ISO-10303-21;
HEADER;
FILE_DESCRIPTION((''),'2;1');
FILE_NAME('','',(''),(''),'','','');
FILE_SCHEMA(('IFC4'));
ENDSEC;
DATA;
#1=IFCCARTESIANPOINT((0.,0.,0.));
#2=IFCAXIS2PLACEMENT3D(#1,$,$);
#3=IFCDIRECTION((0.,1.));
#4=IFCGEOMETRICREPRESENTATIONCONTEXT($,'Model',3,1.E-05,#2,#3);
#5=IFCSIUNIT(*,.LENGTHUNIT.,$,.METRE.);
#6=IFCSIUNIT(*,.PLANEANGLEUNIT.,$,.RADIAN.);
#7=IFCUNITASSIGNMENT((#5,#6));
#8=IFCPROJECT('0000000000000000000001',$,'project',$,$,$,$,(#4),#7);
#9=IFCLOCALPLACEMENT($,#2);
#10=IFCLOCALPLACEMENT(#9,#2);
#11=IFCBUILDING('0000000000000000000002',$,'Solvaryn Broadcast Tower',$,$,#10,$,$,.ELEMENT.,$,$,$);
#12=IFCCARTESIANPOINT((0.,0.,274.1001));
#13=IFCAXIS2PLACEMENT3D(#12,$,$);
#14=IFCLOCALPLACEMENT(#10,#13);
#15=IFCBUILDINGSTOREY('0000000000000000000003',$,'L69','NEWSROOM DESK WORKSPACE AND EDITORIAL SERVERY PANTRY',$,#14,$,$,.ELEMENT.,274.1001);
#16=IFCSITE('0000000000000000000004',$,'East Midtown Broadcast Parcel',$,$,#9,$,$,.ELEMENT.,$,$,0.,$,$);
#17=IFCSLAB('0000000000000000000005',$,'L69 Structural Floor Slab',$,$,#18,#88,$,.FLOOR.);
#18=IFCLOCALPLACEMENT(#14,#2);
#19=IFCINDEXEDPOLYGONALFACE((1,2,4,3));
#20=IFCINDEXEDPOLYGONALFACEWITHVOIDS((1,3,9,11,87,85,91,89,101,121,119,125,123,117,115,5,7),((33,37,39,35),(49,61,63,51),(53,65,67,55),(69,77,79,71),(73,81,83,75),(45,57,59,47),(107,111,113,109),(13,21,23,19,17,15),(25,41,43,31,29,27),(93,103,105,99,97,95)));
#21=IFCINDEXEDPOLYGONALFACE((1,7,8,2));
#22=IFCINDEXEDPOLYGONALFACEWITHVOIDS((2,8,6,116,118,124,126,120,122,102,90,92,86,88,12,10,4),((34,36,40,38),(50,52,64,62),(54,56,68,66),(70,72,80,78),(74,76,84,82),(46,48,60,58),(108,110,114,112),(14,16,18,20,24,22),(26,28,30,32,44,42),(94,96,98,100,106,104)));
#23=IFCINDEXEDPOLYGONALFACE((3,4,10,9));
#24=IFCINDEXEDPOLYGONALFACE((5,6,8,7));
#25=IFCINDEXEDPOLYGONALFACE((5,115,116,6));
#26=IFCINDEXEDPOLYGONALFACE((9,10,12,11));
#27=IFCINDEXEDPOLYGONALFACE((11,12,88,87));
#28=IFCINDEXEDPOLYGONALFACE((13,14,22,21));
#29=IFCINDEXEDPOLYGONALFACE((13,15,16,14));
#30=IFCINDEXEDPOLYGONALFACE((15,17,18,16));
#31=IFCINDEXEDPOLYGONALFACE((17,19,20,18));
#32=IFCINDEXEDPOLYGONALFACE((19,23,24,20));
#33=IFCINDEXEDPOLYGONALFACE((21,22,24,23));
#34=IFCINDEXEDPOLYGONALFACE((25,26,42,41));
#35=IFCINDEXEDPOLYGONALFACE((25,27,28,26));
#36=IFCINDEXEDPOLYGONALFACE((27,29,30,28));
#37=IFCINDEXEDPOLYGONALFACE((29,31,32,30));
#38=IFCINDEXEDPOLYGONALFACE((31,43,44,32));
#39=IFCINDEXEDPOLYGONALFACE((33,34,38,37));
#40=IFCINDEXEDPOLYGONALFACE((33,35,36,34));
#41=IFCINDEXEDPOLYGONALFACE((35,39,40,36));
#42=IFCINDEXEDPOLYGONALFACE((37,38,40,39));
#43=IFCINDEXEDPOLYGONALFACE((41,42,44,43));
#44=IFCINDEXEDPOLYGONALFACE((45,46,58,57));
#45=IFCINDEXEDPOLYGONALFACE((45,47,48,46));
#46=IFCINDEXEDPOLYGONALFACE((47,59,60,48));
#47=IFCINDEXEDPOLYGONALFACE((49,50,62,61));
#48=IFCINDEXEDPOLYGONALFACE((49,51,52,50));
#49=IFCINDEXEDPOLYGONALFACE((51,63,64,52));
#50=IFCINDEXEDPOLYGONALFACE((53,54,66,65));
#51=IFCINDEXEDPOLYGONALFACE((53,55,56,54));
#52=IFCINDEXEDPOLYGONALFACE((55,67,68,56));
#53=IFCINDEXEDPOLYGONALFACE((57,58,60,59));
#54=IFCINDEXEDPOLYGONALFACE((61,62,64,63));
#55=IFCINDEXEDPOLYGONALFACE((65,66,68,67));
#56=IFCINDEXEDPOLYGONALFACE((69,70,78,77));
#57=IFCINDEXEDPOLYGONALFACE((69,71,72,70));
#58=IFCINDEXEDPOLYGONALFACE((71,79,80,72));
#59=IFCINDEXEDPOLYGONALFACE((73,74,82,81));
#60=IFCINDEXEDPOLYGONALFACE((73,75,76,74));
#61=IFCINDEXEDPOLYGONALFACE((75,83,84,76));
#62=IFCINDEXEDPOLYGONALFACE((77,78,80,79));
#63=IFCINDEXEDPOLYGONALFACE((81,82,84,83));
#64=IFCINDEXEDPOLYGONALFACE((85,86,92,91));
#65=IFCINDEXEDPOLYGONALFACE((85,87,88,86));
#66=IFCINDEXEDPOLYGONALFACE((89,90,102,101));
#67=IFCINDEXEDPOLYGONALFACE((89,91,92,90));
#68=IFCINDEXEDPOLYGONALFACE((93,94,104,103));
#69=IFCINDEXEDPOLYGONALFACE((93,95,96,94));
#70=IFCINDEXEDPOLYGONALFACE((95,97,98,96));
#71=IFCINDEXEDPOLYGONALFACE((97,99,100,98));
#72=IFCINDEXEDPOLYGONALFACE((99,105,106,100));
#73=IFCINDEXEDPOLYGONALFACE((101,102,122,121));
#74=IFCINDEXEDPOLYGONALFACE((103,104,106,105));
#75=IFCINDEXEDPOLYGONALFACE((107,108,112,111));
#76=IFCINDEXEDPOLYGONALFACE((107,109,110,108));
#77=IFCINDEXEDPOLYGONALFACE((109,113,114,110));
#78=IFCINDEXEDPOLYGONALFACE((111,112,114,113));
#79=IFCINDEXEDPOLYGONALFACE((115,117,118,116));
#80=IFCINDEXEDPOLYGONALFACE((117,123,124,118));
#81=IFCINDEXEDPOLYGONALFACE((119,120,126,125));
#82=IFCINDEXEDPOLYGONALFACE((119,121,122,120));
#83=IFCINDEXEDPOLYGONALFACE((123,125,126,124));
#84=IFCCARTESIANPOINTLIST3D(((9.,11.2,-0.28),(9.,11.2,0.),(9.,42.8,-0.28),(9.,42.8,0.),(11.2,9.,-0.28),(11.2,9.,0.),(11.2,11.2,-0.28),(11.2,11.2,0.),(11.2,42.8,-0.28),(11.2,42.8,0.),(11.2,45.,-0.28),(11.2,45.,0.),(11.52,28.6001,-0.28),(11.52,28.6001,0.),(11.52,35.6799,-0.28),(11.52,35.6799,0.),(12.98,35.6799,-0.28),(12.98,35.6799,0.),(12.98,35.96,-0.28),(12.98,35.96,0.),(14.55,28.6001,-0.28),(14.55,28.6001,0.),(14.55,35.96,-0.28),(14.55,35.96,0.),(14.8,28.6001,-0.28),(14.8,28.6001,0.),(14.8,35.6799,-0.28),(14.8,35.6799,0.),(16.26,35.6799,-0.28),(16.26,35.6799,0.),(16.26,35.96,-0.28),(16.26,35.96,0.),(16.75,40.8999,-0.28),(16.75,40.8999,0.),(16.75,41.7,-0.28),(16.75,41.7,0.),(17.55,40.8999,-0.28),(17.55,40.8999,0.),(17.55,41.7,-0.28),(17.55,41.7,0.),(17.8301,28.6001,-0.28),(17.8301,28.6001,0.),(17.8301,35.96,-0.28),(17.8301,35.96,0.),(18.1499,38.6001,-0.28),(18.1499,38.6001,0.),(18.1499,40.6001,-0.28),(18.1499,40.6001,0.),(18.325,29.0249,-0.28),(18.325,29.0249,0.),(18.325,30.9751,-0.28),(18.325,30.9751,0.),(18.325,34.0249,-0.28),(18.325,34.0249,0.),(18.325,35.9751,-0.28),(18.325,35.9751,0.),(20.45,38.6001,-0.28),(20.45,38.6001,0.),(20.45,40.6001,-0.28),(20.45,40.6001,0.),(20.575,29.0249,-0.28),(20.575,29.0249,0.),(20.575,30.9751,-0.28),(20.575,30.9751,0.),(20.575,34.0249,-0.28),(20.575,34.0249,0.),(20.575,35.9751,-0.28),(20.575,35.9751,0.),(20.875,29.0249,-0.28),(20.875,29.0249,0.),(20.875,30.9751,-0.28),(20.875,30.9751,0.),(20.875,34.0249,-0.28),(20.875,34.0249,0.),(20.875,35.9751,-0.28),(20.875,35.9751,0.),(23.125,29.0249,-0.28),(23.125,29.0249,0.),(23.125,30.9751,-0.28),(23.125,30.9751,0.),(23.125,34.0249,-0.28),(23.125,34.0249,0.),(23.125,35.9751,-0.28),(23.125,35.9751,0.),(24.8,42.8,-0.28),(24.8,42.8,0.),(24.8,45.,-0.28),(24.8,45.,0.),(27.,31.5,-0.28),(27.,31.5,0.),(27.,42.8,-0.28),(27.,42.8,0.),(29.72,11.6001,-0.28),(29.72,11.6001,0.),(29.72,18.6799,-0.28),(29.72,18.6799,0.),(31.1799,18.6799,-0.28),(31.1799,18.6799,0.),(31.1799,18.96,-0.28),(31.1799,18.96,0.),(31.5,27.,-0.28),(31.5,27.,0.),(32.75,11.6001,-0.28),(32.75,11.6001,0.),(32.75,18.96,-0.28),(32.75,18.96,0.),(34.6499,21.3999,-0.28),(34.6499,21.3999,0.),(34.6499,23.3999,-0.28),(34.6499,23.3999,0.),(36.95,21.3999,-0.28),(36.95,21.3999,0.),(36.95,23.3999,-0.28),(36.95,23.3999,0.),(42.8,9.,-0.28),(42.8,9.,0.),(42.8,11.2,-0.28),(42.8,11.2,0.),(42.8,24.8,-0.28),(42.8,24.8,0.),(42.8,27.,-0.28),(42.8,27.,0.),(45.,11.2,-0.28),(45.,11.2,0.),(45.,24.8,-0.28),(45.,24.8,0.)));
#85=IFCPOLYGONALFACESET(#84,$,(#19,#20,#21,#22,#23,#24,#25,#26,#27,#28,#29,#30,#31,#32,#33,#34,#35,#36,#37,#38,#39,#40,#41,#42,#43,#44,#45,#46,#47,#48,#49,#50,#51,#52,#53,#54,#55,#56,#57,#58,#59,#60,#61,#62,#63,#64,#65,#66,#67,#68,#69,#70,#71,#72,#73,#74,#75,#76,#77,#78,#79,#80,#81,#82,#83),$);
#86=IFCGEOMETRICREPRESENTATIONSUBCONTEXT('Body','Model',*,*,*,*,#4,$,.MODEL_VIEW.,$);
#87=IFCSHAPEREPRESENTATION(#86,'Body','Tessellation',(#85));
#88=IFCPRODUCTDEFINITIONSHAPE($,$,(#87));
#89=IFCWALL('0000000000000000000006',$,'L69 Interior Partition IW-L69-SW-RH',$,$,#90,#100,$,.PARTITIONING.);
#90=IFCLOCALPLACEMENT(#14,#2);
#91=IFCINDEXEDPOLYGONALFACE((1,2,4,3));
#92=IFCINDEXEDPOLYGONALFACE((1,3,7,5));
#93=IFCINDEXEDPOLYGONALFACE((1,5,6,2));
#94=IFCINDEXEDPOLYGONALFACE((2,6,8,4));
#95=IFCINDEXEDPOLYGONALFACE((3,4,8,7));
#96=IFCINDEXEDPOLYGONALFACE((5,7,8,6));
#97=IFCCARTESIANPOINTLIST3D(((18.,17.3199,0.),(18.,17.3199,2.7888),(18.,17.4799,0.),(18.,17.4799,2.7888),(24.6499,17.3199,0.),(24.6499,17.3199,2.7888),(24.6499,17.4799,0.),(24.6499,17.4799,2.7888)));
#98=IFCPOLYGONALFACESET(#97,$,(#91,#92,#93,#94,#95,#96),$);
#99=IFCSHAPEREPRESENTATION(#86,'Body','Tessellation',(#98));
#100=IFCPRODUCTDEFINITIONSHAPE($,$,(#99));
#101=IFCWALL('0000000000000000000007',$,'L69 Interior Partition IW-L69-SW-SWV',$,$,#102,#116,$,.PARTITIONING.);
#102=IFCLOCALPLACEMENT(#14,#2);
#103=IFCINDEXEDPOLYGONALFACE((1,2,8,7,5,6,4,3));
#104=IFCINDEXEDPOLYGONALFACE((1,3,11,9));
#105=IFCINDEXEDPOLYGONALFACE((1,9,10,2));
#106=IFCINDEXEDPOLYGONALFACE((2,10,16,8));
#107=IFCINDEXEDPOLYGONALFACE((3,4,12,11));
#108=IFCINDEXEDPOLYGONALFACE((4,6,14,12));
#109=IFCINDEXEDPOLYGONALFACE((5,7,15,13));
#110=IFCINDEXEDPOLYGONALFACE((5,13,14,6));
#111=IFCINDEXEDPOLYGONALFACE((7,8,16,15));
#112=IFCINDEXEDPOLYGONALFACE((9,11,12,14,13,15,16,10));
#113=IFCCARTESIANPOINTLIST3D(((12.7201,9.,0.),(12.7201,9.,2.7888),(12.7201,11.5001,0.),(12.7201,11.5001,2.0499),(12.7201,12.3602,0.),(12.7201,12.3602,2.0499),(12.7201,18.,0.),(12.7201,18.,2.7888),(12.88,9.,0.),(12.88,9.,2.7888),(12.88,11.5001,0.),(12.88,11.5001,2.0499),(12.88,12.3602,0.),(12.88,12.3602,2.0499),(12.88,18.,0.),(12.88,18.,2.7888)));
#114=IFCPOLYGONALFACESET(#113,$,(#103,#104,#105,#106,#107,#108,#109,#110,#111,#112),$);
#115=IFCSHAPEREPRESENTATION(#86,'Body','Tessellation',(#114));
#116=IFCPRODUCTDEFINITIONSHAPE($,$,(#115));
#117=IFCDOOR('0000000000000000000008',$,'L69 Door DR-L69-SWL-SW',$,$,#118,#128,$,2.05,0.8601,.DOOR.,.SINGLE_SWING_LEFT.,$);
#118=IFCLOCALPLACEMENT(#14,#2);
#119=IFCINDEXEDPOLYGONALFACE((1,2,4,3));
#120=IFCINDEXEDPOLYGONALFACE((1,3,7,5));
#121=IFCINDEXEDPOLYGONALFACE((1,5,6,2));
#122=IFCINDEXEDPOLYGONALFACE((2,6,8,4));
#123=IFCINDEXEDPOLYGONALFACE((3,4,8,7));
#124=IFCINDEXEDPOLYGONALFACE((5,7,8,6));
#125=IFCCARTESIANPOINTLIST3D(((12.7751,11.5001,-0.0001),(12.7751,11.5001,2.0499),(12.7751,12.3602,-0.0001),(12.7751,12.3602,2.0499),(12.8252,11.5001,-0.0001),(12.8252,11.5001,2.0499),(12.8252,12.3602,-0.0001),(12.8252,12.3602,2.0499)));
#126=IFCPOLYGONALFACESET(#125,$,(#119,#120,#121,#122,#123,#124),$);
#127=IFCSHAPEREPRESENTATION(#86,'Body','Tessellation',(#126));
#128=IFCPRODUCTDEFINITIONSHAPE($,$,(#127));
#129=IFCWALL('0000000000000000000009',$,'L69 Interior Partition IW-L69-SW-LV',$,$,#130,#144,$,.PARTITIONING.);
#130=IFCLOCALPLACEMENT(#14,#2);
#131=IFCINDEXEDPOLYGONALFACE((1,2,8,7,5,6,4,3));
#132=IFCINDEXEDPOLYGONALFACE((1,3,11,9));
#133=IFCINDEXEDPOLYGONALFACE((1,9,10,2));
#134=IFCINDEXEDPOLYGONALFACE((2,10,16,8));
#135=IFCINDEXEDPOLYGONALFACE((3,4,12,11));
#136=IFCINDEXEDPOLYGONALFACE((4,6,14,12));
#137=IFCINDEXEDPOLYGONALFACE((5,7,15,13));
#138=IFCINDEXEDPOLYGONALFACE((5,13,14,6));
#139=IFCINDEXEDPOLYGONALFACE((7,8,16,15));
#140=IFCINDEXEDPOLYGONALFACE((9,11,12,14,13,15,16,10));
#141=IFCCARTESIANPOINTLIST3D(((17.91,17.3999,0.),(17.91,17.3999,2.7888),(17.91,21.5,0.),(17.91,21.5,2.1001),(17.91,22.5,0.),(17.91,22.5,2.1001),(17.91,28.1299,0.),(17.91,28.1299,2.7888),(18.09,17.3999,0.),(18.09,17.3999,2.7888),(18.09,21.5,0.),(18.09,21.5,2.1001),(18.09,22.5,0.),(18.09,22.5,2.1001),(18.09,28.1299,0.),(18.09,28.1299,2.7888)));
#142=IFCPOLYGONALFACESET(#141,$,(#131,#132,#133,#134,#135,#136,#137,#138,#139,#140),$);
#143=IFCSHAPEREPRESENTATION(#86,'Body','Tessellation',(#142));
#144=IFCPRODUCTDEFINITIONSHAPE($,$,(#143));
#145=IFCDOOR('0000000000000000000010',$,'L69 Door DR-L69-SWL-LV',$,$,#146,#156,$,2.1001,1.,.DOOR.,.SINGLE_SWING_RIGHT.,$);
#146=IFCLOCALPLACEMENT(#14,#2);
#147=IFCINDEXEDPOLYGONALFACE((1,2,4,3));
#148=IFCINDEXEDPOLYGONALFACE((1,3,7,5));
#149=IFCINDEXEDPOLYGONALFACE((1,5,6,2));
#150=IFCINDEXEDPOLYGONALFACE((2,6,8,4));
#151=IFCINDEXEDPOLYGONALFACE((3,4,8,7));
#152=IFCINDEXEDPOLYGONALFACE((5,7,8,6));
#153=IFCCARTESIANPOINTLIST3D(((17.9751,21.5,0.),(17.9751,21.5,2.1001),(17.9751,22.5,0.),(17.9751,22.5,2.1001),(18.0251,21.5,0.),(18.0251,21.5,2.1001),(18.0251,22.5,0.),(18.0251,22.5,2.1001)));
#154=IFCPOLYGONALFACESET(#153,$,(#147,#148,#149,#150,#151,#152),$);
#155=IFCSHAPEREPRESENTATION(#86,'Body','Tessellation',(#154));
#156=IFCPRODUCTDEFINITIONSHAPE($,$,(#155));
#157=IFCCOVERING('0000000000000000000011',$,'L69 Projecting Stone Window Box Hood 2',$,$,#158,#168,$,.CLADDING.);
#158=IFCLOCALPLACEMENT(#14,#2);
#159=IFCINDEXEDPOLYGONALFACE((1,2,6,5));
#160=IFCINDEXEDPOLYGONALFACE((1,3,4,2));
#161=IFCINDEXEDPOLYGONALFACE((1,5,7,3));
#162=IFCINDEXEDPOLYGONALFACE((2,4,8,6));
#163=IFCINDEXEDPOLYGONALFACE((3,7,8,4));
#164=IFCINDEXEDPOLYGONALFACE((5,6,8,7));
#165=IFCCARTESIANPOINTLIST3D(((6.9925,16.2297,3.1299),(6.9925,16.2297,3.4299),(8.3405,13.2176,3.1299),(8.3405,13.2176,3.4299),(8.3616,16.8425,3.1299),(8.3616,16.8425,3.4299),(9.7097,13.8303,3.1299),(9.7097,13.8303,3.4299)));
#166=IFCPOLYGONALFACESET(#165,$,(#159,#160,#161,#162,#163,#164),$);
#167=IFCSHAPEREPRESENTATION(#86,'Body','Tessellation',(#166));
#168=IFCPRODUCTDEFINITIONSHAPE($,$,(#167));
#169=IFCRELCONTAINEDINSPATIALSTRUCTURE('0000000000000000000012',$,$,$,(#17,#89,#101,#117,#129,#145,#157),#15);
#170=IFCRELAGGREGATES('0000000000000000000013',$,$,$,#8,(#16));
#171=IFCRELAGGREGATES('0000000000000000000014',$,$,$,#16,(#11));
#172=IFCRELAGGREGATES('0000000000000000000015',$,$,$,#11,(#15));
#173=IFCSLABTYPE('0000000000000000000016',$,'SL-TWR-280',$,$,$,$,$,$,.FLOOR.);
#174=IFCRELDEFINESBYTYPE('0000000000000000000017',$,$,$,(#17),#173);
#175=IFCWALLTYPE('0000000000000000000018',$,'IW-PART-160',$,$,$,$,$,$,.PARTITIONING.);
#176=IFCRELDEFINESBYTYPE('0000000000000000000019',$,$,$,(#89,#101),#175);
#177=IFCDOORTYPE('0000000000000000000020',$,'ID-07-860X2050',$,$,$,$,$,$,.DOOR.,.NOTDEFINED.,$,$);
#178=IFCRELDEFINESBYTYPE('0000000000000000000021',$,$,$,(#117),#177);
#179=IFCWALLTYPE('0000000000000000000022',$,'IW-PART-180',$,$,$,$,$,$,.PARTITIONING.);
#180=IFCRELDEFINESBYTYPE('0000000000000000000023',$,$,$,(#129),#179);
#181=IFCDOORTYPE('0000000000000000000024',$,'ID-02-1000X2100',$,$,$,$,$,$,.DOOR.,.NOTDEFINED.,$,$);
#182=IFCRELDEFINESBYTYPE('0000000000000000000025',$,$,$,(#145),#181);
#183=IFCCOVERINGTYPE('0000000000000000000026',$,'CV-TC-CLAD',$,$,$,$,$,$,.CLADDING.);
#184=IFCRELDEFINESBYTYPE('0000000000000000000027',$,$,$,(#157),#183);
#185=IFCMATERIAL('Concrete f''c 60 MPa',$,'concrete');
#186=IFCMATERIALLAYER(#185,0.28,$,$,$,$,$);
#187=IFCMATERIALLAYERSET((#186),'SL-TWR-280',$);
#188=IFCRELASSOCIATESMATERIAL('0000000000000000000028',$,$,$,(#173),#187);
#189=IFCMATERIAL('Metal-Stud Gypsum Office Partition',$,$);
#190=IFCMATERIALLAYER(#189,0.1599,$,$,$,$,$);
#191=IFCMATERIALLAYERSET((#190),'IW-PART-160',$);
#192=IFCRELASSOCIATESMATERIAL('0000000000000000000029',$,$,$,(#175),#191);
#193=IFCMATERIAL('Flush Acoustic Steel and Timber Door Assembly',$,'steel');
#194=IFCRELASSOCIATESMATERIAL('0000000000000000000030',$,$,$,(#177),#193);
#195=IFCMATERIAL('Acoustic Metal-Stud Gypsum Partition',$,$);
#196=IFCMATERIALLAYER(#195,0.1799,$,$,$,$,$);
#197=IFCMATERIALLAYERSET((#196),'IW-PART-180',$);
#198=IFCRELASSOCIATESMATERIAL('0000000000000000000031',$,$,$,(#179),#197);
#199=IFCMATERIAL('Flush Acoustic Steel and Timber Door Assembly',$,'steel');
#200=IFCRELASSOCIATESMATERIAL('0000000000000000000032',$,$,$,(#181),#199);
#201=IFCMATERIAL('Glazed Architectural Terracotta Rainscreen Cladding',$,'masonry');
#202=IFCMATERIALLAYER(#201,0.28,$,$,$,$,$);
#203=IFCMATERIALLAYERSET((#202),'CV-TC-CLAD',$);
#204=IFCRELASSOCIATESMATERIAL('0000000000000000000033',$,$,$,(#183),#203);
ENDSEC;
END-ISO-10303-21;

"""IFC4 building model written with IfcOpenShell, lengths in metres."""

from ifc_helpers import new_model, si_unit, direction, frame, frame_2d, origin, origin_2d, place, context, subcontext, project, spatial, polyline, rectangle, outline, extrude, material, layer, layer_set, type_object, element, fill, save


model = new_model("IFC4")

# Units and contexts
model_context = context("Model", 3, precision=1e-05, world=origin(), true_north=direction((0.0, 1.0)))
body_context = subcontext(model_context, "Body", "Model", "MODEL_VIEW")
ifc_project = project(units=[si_unit("LENGTHUNIT", "METRE"), si_unit("PLANEANGLEUNIT", "RADIAN")], contexts=[model_context])

# Site, building, storey
site_placement = place(None, origin())
site = spatial("IfcSite", under=ifc_project, at=site_placement, Name="East Midtown Broadcast Parcel", CompositionType="ELEMENT", RefElevation=0.0)
building_placement = place(site_placement, origin())
building = spatial("IfcBuilding", under=site, at=building_placement, Name="Solvaryn Broadcast Tower", CompositionType="ELEMENT")
storey_placement = place(building_placement, frame((0.0, 0.0, 274.1001)))
storey = spatial("IfcBuildingStorey", under=building, at=storey_placement, Name="L69", Description="NEWSROOM DESK WORKSPACE AND EDITORIAL SERVERY PANTRY", CompositionType="ELEMENT", Elevation=274.1001)

# Slab
ifc_material_1 = material(Name="Concrete f'c 60 MPa", Category="concrete")
ifc_layer_1 = layer(ifc_material_1, 0.28)
ifc_layer_set_1 = layer_set([ifc_layer_1], Name="SL-TWR-280")
slab_type_1 = type_object("IfcSlabType", Name="SL-TWR-280", PredefinedType="FLOOR", material=ifc_layer_set_1)
slab_1_placement = place(storey_placement, frame((0.0, 0.0, -0.28)))
element("IfcSlab", 1, at=slab_1_placement, inside=storey, type_object=slab_type_1, Name="L69 Structural Floor Slab", PredefinedType="FLOOR", context=body_context, shape_type="SweptSolid", body=[
    extrude(outline(polyline([(11.2, 9.0), (42.8, 9.0), (42.8, 11.2), (45.0, 11.2), (45.0, 24.8), (42.8, 24.8), (42.8, 27.0), (31.5, 27.0), (27.0, 31.5), (27.0, 42.8), (24.8, 42.8), (24.8, 45.0), (11.2, 45.0), (11.2, 42.8), (9.0, 42.8), (9.0, 11.2), (11.2, 11.2), (11.2, 9.0)]), holes=[polyline([(11.52, 28.6001), (14.55, 28.6001), (14.55, 35.96), (12.98, 35.96), (12.98, 35.6799), (11.52, 35.6799), (11.52, 28.6001)]), polyline([(14.8, 28.6001), (17.8301, 28.6001), (17.8301, 35.96), (16.26, 35.96), (16.26, 35.6799), (14.8, 35.6799), (14.8, 28.6001)]), polyline([(29.72, 11.6001), (32.75, 11.6001), (32.75, 18.96), (31.1799, 18.96), (31.1799, 18.6799), (29.72, 18.6799), (29.72, 11.6001)]), polyline([(18.1499, 38.6001), (20.45, 38.6001), (20.45, 40.6001), (18.1499, 40.6001), (18.1499, 38.6001)]), polyline([(18.325, 29.0249), (20.575, 29.0249), (20.575, 30.9751), (18.325, 30.9751), (18.325, 29.0249)]), polyline([(20.875, 29.0249), (23.125, 29.0249), (23.125, 30.9751), (20.875, 30.9751), (20.875, 29.0249)]), polyline([(18.325, 34.0249), (20.575, 34.0249), (20.575, 35.9751), (18.325, 35.9751), (18.325, 34.0249)]), polyline([(20.875, 34.0249), (23.125, 34.0249), (23.125, 35.9751), (20.875, 35.9751), (20.875, 34.0249)]), polyline([(34.6499, 21.3999), (36.95, 21.3999), (36.95, 23.3999), (34.6499, 23.3999), (34.6499, 21.3999)]), polyline([(16.75, 40.8999), (17.55, 40.8999), (17.55, 41.7), (16.75, 41.7), (16.75, 40.8999)])]), origin(), (0.0, 0.0, 1.0), 0.28),
])

# Wall
ifc_material_2 = material(Name="Metal-Stud Gypsum Office Partition")
ifc_layer_2 = layer(ifc_material_2, 0.1599)
ifc_layer_set_2 = layer_set([ifc_layer_2], Name="IW-PART-160")
wall_type_1 = type_object("IfcWallType", Name="IW-PART-160", PredefinedType="PARTITIONING", material=ifc_layer_set_2)
wall_1_placement = place(storey_placement, frame((18.0, 17.3999, 0.0), z_axis=(0.0, 0.0, 1.0), x_axis=(1.0, 0.0, 0.0)))
element("IfcWall", 2, at=wall_1_placement, inside=storey, type_object=wall_type_1, Name="L69 Interior Partition IW-L69-SW-RH", PredefinedType="PARTITIONING", context=body_context, shape_type="SweptSolid", body=[
    extrude(rectangle(XDim=6.6499, YDim=0.1599, at=frame_2d((3.325, 0.0))), origin(), (0.0, 0.0, 1.0), 2.7888),
])

# Walls, openings, doors
wall_2_placement = place(storey_placement, frame((12.8, 9.0, 0.0), z_axis=(0.0, 0.0, 1.0), x_axis=(0.0, 1.0, 0.0)))
wall_2 = element("IfcWall", 3, at=wall_2_placement, inside=storey, type_object=wall_type_1, Name="L69 Interior Partition IW-L69-SW-SWV", PredefinedType="PARTITIONING", context=body_context, shape_type="SweptSolid", body=[
    extrude(rectangle(XDim=9.0, YDim=0.1599, at=frame_2d((4.5, 0.0))), origin(), (0.0, 0.0, 1.0), 2.7888),
])
opening_1_placement = place(wall_2_placement, frame((2.5, 0.0, 0.0)))
opening_1 = element("IfcOpeningElement", 4, at=opening_1_placement, cuts=wall_2, PredefinedType="OPENING", context=body_context, shape_type="SweptSolid", body=[
    extrude(rectangle(XDim=0.8601, YDim=2.05, at=frame_2d((0.4302, 1.0249))), frame((0.0, 0.0901, 0.0), z_axis=(0.0, -1.0, 0.0), x_axis=(1.0, 0.0, 0.0)), (0.0, 0.0, 1.0), 0.1799),
])
ifc_material_3 = material(Name="Flush Acoustic Steel and Timber Door Assembly", Category="steel")
door_type_1 = type_object("IfcDoorType", Name="ID-07-860X2050", OperationType="NOTDEFINED", PredefinedType="DOOR", material=ifc_material_3)
door_1_placement = place(opening_1_placement, origin())
door_1 = element("IfcDoor", 5, at=door_1_placement, inside=storey, type_object=door_type_1, Name="L69 Door DR-L69-SWL-SW", OperationType="SINGLE_SWING_LEFT", OverallHeight=2.05, OverallWidth=0.8601, PredefinedType="DOOR", context=body_context, shape_type="SweptSolid", body=[
    extrude(rectangle(XDim=0.8601, YDim=2.05, at=frame_2d((0.4302, 1.0249))), frame((0.0, 0.0249, 0.0), z_axis=(0.0, -1.0, 0.0), x_axis=(1.0, 0.0, 0.0)), (0.0, 0.0, 1.0), 0.05),
])
fill(opening_1, door_1)
ifc_material_4 = material(Name="Acoustic Metal-Stud Gypsum Partition")
ifc_layer_3 = layer(ifc_material_4, 0.1799)
ifc_layer_set_3 = layer_set([ifc_layer_3], Name="IW-PART-180")
wall_type_2 = type_object("IfcWallType", Name="IW-PART-180", PredefinedType="PARTITIONING", material=ifc_layer_set_3)
wall_3_placement = place(storey_placement, frame((18.0, 17.3999, 0.0), z_axis=(0.0, 0.0, 1.0), x_axis=(0.0, 1.0, 0.0)))
wall_3 = element("IfcWall", 6, at=wall_3_placement, inside=storey, type_object=wall_type_2, Name="L69 Interior Partition IW-L69-SW-LV", PredefinedType="PARTITIONING", context=body_context, shape_type="SweptSolid", body=[
    extrude(rectangle(XDim=10.73, YDim=0.1799, at=frame_2d((5.365, 0.0))), origin(), (0.0, 0.0, 1.0), 2.7888),
])
opening_2_placement = place(wall_3_placement, frame((4.1001, 0.0, 0.0)))
opening_2 = element("IfcOpeningElement", 7, at=opening_2_placement, cuts=wall_3, PredefinedType="OPENING", context=body_context, shape_type="SweptSolid", body=[
    extrude(rectangle(XDim=1.0, YDim=2.1001, at=frame_2d((0.5, 1.05))), frame((0.0, 0.0999, 0.0), z_axis=(0.0, -1.0, 0.0), x_axis=(1.0, 0.0, 0.0)), (0.0, 0.0, 1.0), 0.2),
])
ifc_material_5 = material(Name="Flush Acoustic Steel and Timber Door Assembly", Category="steel")
door_type_2 = type_object("IfcDoorType", Name="ID-02-1000X2100", OperationType="NOTDEFINED", PredefinedType="DOOR", material=ifc_material_5)
door_2_placement = place(opening_2_placement, origin())
door_2 = element("IfcDoor", 8, at=door_2_placement, inside=storey, type_object=door_type_2, Name="L69 Door DR-L69-SWL-LV", OperationType="SINGLE_SWING_RIGHT", OverallHeight=2.1001, OverallWidth=1.0, PredefinedType="DOOR", context=body_context, shape_type="SweptSolid", body=[
    extrude(rectangle(XDim=1.0, YDim=2.1001, at=frame_2d((0.5, 1.05))), frame((0.0, 0.0249, 0.0), z_axis=(0.0, -1.0, 0.0), x_axis=(1.0, 0.0, 0.0)), (0.0, 0.0, 1.0), 0.05),
])
fill(opening_2, door_2)

# Covering
ifc_material_6 = material(Name="Glazed Architectural Terracotta Rainscreen Cladding", Category="masonry")
ifc_layer_4 = layer(ifc_material_6, 0.28)
ifc_layer_set_4 = layer_set([ifc_layer_4], Name="CV-TC-CLAD")
covering_type_1 = type_object("IfcCoveringType", Name="CV-TC-CLAD", PredefinedType="CLADDING", material=ifc_layer_set_4)
for number, where, z_axis, x_axis, name in (
    (9, (8.3511, 15.03, 3.1299), (0.0, 0.0, 1.0), (0.40849, -0.912763, 0.0), "L69 Projecting Stone Window Box Hood 2"),
):
    element("IfcCovering", number, at=place(storey_placement, frame(where, z_axis=z_axis, x_axis=x_axis)), inside=storey, type_object=covering_type_1, Name=name, PredefinedType="CLADDING", context=body_context, shape_type="SweptSolid", body=[
        extrude(rectangle(XDim=3.3, YDim=1.5, at=origin_2d()), origin(), (0.0, 0.0, 1.0), 0.3),
    ])

save(model, "model.ifc")
